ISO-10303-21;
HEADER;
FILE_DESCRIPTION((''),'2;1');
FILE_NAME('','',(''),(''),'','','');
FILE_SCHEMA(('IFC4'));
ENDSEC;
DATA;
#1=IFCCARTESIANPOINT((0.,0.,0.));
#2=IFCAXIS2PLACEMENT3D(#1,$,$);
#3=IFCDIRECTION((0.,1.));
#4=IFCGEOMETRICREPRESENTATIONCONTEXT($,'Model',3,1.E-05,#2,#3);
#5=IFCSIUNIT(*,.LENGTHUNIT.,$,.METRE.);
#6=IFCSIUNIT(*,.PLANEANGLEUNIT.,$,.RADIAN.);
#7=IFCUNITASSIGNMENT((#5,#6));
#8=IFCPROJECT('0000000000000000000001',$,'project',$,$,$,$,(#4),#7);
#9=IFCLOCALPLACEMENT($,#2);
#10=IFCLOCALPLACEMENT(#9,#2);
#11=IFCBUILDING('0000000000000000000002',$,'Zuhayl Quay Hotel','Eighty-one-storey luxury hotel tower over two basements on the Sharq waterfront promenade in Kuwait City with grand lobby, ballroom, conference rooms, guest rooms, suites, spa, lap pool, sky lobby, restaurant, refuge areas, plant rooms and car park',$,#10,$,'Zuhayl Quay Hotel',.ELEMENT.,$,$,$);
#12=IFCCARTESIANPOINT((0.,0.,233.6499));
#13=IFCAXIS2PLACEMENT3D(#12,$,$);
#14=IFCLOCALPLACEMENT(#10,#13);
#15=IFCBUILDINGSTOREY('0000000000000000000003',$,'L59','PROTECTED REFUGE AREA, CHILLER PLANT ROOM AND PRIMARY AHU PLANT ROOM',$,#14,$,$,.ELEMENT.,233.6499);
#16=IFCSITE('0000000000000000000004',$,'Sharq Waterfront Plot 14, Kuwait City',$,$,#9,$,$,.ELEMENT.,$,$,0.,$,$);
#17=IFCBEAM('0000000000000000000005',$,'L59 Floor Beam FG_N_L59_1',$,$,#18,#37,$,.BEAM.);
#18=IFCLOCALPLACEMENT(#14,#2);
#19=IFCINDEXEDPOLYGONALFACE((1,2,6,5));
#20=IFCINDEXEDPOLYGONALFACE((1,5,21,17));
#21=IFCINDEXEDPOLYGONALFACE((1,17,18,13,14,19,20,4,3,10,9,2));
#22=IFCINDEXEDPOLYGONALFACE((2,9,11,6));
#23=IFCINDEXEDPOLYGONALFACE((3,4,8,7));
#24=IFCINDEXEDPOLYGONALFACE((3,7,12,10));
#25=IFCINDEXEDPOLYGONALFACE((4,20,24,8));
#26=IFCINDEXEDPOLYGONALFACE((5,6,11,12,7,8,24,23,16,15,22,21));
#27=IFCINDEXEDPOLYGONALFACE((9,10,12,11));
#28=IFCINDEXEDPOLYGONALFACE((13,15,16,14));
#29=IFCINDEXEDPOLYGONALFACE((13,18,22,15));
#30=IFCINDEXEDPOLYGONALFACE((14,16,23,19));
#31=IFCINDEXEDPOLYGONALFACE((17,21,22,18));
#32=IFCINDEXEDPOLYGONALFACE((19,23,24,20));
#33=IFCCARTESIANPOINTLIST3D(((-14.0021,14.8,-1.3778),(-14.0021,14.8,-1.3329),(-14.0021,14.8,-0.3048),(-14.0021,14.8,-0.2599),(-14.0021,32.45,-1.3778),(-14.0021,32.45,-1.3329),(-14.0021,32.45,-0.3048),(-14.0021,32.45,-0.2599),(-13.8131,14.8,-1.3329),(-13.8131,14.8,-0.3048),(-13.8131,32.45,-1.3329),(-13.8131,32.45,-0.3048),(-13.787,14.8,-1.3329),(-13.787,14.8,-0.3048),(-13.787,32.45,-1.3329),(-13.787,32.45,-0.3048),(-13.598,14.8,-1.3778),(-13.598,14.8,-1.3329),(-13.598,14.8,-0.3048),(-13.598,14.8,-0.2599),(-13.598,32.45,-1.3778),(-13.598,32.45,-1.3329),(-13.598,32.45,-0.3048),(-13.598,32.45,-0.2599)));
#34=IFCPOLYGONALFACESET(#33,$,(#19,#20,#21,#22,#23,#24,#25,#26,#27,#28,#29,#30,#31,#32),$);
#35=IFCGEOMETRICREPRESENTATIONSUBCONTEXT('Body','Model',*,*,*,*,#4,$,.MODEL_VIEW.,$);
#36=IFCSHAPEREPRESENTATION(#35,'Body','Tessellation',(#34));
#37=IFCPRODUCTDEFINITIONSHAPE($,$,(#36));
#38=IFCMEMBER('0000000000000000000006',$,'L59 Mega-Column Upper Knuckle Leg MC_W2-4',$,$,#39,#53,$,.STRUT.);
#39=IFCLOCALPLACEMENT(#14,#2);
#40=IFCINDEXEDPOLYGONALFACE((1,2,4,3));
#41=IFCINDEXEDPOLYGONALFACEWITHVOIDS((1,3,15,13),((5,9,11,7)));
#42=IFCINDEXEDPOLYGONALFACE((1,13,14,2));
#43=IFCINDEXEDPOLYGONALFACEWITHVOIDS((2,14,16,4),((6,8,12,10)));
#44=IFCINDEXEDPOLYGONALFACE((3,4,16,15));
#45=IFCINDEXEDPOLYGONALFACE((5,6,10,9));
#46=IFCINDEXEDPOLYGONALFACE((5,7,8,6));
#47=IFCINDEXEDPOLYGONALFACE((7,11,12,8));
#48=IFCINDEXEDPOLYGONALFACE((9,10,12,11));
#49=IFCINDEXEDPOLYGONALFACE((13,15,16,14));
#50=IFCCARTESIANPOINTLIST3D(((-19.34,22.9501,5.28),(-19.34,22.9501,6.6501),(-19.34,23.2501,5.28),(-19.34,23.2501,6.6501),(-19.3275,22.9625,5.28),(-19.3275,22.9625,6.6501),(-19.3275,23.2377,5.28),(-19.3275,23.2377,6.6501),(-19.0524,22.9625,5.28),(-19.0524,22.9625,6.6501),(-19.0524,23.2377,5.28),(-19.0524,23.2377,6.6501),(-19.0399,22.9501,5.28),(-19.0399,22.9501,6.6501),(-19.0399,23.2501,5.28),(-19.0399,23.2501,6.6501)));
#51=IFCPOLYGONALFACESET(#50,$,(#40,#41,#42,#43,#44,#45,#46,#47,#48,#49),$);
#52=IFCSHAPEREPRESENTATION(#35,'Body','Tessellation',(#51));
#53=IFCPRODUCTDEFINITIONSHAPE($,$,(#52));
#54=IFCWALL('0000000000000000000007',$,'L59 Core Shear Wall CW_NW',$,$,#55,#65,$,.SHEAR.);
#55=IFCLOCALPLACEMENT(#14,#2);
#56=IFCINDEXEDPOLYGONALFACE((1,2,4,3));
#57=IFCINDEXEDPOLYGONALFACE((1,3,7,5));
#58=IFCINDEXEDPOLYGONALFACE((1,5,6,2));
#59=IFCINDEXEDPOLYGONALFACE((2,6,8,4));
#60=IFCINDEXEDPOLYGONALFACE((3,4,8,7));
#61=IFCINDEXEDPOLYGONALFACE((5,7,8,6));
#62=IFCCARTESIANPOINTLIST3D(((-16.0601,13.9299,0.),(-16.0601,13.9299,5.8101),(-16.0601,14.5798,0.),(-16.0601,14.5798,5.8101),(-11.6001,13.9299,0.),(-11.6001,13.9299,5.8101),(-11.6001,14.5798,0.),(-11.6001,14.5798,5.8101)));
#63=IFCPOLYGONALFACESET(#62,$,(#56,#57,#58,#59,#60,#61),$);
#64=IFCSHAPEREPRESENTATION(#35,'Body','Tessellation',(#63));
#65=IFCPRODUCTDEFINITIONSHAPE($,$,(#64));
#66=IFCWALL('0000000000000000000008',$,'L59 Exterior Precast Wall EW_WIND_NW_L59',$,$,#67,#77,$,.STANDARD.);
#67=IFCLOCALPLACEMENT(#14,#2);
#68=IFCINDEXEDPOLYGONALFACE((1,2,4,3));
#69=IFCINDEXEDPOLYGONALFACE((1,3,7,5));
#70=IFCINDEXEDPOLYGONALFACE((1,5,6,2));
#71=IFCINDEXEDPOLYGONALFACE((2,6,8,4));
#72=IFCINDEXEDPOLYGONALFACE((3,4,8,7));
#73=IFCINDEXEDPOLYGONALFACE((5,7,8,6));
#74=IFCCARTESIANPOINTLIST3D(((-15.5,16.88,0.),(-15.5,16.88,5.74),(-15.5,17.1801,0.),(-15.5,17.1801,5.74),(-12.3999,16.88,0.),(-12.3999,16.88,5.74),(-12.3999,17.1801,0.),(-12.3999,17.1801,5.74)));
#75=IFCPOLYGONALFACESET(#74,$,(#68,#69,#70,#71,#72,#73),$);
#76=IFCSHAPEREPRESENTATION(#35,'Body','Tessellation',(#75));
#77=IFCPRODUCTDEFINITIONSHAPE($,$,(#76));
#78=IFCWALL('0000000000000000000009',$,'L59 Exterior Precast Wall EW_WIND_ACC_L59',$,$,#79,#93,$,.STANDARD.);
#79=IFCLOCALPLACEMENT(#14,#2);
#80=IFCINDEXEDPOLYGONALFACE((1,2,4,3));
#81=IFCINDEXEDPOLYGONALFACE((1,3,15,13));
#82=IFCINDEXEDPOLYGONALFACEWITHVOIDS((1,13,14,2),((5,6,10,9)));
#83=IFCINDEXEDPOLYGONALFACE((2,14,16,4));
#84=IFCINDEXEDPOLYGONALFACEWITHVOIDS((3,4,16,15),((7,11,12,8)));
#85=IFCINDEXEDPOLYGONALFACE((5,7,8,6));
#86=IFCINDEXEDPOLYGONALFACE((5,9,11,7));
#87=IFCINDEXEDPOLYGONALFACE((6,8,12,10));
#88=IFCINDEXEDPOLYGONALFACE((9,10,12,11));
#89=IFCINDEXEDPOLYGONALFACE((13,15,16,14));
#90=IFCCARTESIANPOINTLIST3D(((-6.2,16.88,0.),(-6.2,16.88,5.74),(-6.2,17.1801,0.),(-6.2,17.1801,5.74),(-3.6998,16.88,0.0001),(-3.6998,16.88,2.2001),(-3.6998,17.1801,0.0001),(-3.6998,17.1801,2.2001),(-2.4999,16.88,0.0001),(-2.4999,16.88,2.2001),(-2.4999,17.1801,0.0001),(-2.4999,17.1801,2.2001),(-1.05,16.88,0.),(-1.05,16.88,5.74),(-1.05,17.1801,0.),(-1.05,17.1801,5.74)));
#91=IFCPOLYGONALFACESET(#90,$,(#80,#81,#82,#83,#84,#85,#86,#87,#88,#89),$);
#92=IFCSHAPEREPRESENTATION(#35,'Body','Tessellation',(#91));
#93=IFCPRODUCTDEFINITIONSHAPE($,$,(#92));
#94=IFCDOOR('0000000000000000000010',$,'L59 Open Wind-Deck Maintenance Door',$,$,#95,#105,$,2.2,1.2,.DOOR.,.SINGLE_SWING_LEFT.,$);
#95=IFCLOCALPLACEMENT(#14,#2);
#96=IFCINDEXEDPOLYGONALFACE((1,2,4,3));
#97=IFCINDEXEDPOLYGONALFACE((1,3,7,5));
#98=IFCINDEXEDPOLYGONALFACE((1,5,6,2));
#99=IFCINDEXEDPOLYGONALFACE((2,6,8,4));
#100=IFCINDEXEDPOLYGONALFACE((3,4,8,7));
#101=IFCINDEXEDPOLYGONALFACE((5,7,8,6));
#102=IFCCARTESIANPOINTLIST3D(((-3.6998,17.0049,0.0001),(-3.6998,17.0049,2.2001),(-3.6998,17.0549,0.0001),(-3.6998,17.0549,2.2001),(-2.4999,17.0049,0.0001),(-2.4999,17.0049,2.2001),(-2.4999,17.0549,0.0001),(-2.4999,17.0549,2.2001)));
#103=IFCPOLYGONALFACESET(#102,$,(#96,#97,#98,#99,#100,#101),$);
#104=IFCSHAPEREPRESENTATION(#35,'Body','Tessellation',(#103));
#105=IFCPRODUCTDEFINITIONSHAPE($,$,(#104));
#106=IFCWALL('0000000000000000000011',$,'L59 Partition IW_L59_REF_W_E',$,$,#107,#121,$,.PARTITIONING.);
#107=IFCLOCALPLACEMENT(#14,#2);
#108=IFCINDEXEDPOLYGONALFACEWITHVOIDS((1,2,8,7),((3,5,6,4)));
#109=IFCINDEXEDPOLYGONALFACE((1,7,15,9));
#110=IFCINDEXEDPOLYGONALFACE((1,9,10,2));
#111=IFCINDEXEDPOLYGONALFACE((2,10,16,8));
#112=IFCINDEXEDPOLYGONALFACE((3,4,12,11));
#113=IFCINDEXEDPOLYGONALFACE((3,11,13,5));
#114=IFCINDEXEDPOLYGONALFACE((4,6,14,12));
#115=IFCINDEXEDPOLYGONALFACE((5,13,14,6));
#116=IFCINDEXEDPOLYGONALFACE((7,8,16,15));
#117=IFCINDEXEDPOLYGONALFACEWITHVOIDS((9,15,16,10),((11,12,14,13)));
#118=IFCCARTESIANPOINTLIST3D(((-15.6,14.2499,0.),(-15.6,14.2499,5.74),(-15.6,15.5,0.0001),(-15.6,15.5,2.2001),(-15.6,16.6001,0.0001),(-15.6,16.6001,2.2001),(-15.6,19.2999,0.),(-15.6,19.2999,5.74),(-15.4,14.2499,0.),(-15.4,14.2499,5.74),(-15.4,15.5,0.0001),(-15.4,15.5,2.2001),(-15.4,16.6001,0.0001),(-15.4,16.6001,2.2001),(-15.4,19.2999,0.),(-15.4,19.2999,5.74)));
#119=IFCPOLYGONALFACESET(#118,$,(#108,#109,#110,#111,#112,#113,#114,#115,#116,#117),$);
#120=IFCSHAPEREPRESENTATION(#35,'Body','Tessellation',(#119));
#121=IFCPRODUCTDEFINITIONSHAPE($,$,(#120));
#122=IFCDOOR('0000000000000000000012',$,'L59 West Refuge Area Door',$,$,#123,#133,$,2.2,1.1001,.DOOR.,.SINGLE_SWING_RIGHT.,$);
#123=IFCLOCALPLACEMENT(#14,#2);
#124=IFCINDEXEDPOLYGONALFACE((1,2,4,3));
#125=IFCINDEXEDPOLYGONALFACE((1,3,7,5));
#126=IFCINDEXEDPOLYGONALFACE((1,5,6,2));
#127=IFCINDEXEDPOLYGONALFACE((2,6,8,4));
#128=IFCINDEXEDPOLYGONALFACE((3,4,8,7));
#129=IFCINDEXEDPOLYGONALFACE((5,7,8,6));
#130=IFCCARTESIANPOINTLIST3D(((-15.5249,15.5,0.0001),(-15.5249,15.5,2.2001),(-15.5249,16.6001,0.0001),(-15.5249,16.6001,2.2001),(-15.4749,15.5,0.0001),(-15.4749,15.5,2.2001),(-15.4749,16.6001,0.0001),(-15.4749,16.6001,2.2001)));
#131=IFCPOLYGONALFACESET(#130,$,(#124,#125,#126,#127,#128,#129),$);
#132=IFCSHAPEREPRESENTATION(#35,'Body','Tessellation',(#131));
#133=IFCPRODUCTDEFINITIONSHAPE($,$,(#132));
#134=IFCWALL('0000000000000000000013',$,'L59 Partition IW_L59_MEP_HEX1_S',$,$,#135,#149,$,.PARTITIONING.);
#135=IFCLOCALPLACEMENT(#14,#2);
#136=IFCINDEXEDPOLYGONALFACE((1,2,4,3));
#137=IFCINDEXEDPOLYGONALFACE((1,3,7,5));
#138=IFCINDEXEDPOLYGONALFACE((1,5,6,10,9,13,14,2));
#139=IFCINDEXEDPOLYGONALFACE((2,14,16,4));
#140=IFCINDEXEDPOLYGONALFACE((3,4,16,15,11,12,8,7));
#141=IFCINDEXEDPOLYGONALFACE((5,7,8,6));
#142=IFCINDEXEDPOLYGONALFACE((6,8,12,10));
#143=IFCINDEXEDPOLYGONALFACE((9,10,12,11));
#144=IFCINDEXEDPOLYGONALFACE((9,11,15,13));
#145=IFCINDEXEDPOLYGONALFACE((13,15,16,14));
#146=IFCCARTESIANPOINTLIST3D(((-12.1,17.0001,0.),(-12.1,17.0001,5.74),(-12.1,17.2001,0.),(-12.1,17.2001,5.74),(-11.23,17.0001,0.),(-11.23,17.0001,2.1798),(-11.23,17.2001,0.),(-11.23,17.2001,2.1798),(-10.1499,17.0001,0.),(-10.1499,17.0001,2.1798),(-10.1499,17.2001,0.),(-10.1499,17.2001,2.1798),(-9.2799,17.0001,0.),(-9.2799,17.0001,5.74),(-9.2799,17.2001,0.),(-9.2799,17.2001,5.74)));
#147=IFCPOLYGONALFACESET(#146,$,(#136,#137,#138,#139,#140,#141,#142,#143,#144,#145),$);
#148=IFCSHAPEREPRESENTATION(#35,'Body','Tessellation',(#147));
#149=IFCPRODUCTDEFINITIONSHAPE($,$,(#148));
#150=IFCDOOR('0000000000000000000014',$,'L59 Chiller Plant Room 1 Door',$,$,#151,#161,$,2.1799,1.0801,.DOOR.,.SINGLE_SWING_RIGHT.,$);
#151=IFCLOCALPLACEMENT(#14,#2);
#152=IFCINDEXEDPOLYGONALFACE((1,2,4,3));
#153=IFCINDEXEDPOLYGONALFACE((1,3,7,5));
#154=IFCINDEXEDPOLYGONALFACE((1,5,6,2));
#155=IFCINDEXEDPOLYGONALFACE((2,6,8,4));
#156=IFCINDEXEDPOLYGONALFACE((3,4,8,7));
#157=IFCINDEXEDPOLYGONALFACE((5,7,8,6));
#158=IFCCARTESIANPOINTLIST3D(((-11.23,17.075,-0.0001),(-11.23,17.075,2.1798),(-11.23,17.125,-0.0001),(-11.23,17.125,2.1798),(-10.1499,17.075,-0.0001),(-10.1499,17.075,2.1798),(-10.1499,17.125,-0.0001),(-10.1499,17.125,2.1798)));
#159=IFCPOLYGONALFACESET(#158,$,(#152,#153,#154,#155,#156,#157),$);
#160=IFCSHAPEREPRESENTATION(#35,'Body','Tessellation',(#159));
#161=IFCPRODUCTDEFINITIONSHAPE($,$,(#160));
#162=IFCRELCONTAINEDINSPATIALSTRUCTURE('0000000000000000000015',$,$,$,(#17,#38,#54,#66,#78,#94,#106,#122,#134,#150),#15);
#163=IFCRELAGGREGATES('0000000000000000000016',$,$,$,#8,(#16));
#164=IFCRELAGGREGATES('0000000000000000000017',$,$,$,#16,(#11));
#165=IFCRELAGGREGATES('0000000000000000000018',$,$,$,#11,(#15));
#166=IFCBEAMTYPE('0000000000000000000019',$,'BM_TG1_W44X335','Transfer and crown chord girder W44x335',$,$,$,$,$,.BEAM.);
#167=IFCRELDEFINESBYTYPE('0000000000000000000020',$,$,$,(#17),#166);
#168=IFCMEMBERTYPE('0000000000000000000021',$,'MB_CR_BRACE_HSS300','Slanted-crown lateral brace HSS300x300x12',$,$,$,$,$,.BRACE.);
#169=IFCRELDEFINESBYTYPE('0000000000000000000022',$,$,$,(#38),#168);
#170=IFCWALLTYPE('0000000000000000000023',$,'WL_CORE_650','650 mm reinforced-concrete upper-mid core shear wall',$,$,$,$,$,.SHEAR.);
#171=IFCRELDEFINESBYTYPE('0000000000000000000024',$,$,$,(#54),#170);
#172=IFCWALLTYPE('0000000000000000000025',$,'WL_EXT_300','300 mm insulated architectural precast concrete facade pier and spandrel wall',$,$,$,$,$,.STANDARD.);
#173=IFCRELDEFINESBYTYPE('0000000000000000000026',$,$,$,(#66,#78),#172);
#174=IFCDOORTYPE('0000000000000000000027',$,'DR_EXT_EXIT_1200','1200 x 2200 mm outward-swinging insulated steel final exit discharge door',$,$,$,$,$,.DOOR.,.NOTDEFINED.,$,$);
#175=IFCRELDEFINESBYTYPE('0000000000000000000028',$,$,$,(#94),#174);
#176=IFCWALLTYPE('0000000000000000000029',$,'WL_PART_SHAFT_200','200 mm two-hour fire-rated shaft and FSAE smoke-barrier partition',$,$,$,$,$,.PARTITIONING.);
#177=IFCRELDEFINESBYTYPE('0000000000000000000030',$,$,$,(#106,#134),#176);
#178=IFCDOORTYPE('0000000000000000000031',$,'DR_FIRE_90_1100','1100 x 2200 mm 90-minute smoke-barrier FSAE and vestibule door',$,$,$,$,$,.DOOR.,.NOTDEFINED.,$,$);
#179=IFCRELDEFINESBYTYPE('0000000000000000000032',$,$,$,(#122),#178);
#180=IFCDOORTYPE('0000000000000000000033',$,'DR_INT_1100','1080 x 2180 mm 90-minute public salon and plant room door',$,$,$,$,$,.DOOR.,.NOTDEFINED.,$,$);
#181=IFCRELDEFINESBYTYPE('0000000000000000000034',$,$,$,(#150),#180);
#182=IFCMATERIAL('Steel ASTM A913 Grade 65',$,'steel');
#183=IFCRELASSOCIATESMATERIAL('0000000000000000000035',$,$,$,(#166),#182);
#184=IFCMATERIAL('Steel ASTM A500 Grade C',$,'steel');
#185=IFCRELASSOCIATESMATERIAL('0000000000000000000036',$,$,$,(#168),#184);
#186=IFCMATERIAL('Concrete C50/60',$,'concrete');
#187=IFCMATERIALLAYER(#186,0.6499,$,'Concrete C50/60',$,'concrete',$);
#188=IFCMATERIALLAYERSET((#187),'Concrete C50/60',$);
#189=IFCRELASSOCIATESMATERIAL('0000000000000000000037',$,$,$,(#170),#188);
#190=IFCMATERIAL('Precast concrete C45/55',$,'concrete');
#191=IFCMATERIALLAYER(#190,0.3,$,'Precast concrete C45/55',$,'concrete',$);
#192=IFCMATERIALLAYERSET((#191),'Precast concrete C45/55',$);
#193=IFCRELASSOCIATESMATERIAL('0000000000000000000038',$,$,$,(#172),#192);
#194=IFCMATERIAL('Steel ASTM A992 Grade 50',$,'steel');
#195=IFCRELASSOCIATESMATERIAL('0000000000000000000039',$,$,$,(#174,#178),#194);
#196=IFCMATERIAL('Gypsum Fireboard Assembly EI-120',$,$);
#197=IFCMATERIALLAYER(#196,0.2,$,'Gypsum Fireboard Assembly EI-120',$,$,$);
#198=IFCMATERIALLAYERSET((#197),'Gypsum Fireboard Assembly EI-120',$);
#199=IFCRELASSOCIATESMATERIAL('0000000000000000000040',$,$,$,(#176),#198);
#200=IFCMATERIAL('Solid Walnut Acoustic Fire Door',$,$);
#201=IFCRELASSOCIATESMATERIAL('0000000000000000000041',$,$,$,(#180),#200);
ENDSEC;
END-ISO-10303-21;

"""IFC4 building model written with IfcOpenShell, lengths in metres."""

from ifc_helpers import new_model, si_unit, direction, frame, frame_2d, origin, origin_2d, place, context, subcontext, project, spatial, rectangle, hollow_rectangle, i_section, extrude, material, layer, layer_set, material_profile, profile_set, type_object, element, fill, save


model = new_model("IFC4")

# Units and contexts
model_context = context("Model", 3, precision=1e-05, world=origin(), true_north=direction((0.0, 1.0)))
body_context = subcontext(model_context, "Body", "Model", "MODEL_VIEW")
ifc_project = project(units=[si_unit("LENGTHUNIT", "METRE"), si_unit("PLANEANGLEUNIT", "RADIAN")], contexts=[model_context])

# Site, building, storey
site_placement = place(None, origin())
site = spatial("IfcSite", under=ifc_project, at=site_placement, Name="Sharq Waterfront Plot 14, Kuwait City", CompositionType="ELEMENT", RefElevation=0.0)
building_placement = place(site_placement, origin())
building = spatial("IfcBuilding", under=site, at=building_placement, Name="Zuhayl Quay Hotel", Description="Eighty-one-storey luxury hotel tower over two basements on the Sharq waterfront promenade in Kuwait City with grand lobby, ballroom, conference rooms, guest rooms, suites, spa, lap pool, sky lobby, restaurant, refuge areas, plant rooms and car park", LongName="Zuhayl Quay Hotel", CompositionType="ELEMENT")
storey_placement = place(building_placement, frame((0.0, 0.0, 233.6499)))
storey = spatial("IfcBuildingStorey", under=building, at=storey_placement, Name="L59", Description="PROTECTED REFUGE AREA, CHILLER PLANT ROOM AND PRIMARY AHU PLANT ROOM", CompositionType="ELEMENT", Elevation=233.6499)

# Beam
ifc_material_1 = material(Name="Steel ASTM A992 Grade 50", Category="steel")
ifc_material_2 = material(Name="Steel ASTM A913 Grade 65", Category="steel")
ifc_material_profile_1 = material_profile(ifc_material_2, i_section(OverallWidth=0.4041, OverallDepth=1.1179, WebThickness=0.0261, FlangeThickness=0.0449, at=origin_2d()), Name="W44X335")
ifc_profile_set_1 = profile_set([ifc_material_profile_1], Name="Steel ASTM A913 Grade 65")
beam_type_1 = type_object("IfcBeamType", Name="BM_TG1_W44X335", Description="Transfer and crown chord girder W44x335", PredefinedType="BEAM", material=ifc_profile_set_1)
beam_1_placement = place(storey_placement, frame((-13.8, 14.8, -0.8188), z_axis=(0.0, 1.0, 0.0), x_axis=(-1.0, 0.0, 0.0)))
element("IfcBeam", 1, at=beam_1_placement, inside=storey, type_object=beam_type_1, Name="L59 Floor Beam FG_N_L59_1", PredefinedType="BEAM", context=body_context, shape_type="SweptSolid", body=[
    extrude(i_section(OverallWidth=0.4041, OverallDepth=1.1179, WebThickness=0.0261, FlangeThickness=0.0449, at=origin_2d()), origin(), (0.0, 0.0, 1.0), 17.6499),
])

# Member
ifc_material_3 = material(Name="Steel ASTM A500 Grade C", Category="steel")
ifc_material_profile_2 = material_profile(ifc_material_3, hollow_rectangle(XDim=0.3, YDim=0.3, WallThickness=0.0125, at=origin_2d()), Name="HSS300X300X12")
ifc_profile_set_2 = profile_set([ifc_material_profile_2], Name="Steel ASTM A500 Grade C")
member_type = type_object("IfcMemberType", Name="MB_CR_BRACE_HSS300", Description="Slanted-crown lateral brace HSS300x300x12", PredefinedType="BRACE", material=ifc_profile_set_2)
member_placement = place(storey_placement, frame((-19.1899, 23.1001, 5.28), z_axis=(0.0, 0.0, 1.0), x_axis=(1.0, 0.0, 0.0)))
element("IfcMember", 2, at=member_placement, inside=storey, type_object=member_type, Name="L59 Mega-Column Upper Knuckle Leg MC_W2-4", PredefinedType="STRUT", context=body_context, shape_type="SweptSolid", body=[
    extrude(hollow_rectangle(XDim=0.3, YDim=0.3, WallThickness=0.0125, at=origin_2d()), origin(), (0.0, 0.0, 1.0), 1.3701),
])

# Walls
ifc_material_4 = material(Name="Concrete C50/60", Category="concrete")
ifc_layer_1 = layer(ifc_material_4, 0.6499, Name="Concrete C50/60", Category="concrete")
ifc_layer_set_1 = layer_set([ifc_layer_1], Name="Concrete C50/60")
wall_type_1 = type_object("IfcWallType", Name="WL_CORE_650", Description="650 mm reinforced-concrete upper-mid core shear wall", PredefinedType="SHEAR", material=ifc_layer_set_1)
wall_1_placement = place(storey_placement, frame((-16.0601, 14.2549, 0.0), z_axis=(0.0, 0.0, 1.0), x_axis=(1.0, 0.0, 0.0)))
element("IfcWall", 3, at=wall_1_placement, inside=storey, type_object=wall_type_1, Name="L59 Core Shear Wall CW_NW", PredefinedType="SHEAR", context=body_context, shape_type="SweptSolid", body=[
    extrude(rectangle(XDim=4.46, YDim=0.6499, at=frame_2d((2.23, 0.0))), origin(), (0.0, 0.0, 1.0), 5.8101),
])
ifc_material_5 = material(Name="Precast concrete C45/55", Category="concrete")
ifc_layer_2 = layer(ifc_material_5, 0.3, Name="Precast concrete C45/55", Category="concrete")
ifc_layer_set_2 = layer_set([ifc_layer_2], Name="Precast concrete C45/55")
wall_type_2 = type_object("IfcWallType", Name="WL_EXT_300", Description="300 mm insulated architectural precast concrete facade pier and spandrel wall", PredefinedType="STANDARD", material=ifc_layer_set_2)
wall_2_placement = place(storey_placement, frame((-15.5, 17.03, 0.0), z_axis=(0.0, 0.0, 1.0), x_axis=(1.0, 0.0, 0.0)))
element("IfcWall", 4, at=wall_2_placement, inside=storey, type_object=wall_type_2, Name="L59 Exterior Precast Wall EW_WIND_NW_L59", PredefinedType="STANDARD", context=body_context, shape_type="SweptSolid", body=[
    extrude(rectangle(XDim=3.1001, YDim=0.3, at=frame_2d((1.55, 0.0))), origin(), (0.0, 0.0, 1.0), 5.74),
])

# Walls, openings, doors
wall_3_placement = place(storey_placement, frame((-6.2, 17.03, 0.0), z_axis=(0.0, 0.0, 1.0), x_axis=(1.0, 0.0, 0.0)))
wall_3 = element("IfcWall", 5, at=wall_3_placement, inside=storey, type_object=wall_type_2, Name="L59 Exterior Precast Wall EW_WIND_ACC_L59", PredefinedType="STANDARD", context=body_context, shape_type="SweptSolid", body=[
    extrude(rectangle(XDim=5.1499, YDim=0.3, at=frame_2d((2.575, 0.0))), origin(), (0.0, 0.0, 1.0), 5.74),
])
opening_1_placement = place(wall_3_placement, frame((2.5, 0.0, 0.0)))
opening_1 = element("IfcOpeningElement", 6, at=opening_1_placement, cuts=wall_3, PredefinedType="OPENING", context=body_context, shape_type="SweptSolid", body=[
    extrude(rectangle(XDim=1.2, YDim=2.2, at=frame_2d((0.6001, 1.1001))), frame((0.0, 0.1599, 0.0), z_axis=(0.0, -1.0, 0.0), x_axis=(1.0, 0.0, 0.0)), (0.0, 0.0, 1.0), 0.3201),
])
door_type_1 = type_object("IfcDoorType", Name="DR_EXT_EXIT_1200", Description="1200 x 2200 mm outward-swinging insulated steel final exit discharge door", OperationType="NOTDEFINED", PredefinedType="DOOR", material=ifc_material_1)
door_1_placement = place(opening_1_placement, origin())
door_1 = element("IfcDoor", 7, at=door_1_placement, inside=storey, type_object=door_type_1, Name="L59 Open Wind-Deck Maintenance Door", OperationType="SINGLE_SWING_LEFT", OverallHeight=2.2, OverallWidth=1.2, PredefinedType="DOOR", context=body_context, shape_type="SweptSolid", body=[
    extrude(rectangle(XDim=1.2, YDim=2.2, at=frame_2d((0.6001, 1.1001))), frame((0.0, 0.0249, 0.0), z_axis=(0.0, -1.0, 0.0), x_axis=(1.0, 0.0, 0.0)), (0.0, 0.0, 1.0), 0.05),
])
fill(opening_1, door_1)
ifc_material_6 = material(Name="Gypsum Fireboard Assembly EI-120")
ifc_layer_3 = layer(ifc_material_6, 0.2, Name="Gypsum Fireboard Assembly EI-120")
ifc_layer_set_3 = layer_set([ifc_layer_3], Name="Gypsum Fireboard Assembly EI-120")
wall_type_3 = type_object("IfcWallType", Name="WL_PART_SHAFT_200", Description="200 mm two-hour fire-rated shaft and FSAE smoke-barrier partition", PredefinedType="PARTITIONING", material=ifc_layer_set_3)
wall_4_placement = place(storey_placement, frame((-15.5, 14.25, 0.0), z_axis=(0.0, 0.0, 1.0), x_axis=(0.0, 1.0, 0.0)))
wall_4 = element("IfcWall", 8, at=wall_4_placement, inside=storey, type_object=wall_type_3, Name="L59 Partition IW_L59_REF_W_E", PredefinedType="PARTITIONING", context=body_context, shape_type="SweptSolid", body=[
    extrude(rectangle(XDim=5.05, YDim=0.2, at=frame_2d((2.5249, 0.0))), origin(), (0.0, 0.0, 1.0), 5.74),
])
opening_2_placement = place(wall_4_placement, frame((1.25, 0.0, 0.0)))
opening_2 = element("IfcOpeningElement", 9, at=opening_2_placement, cuts=wall_4, PredefinedType="OPENING", context=body_context, shape_type="SweptSolid", body=[
    extrude(rectangle(XDim=1.1001, YDim=2.2, at=frame_2d((0.55, 1.1001))), frame((0.0, 0.1099, 0.0), z_axis=(0.0, -1.0, 0.0), x_axis=(1.0, 0.0, 0.0)), (0.0, 0.0, 1.0), 0.22),
])
door_type_2 = type_object("IfcDoorType", Name="DR_FIRE_90_1100", Description="1100 x 2200 mm 90-minute smoke-barrier FSAE and vestibule door", OperationType="NOTDEFINED", PredefinedType="DOOR", material=ifc_material_1)
door_2_placement = place(opening_2_placement, origin())
door_2 = element("IfcDoor", 10, at=door_2_placement, inside=storey, type_object=door_type_2, Name="L59 West Refuge Area Door", OperationType="SINGLE_SWING_RIGHT", OverallHeight=2.2, OverallWidth=1.1001, PredefinedType="DOOR", context=body_context, shape_type="SweptSolid", body=[
    extrude(rectangle(XDim=1.1001, YDim=2.2, at=frame_2d((0.55, 1.1001))), frame((0.0, 0.0249, 0.0), z_axis=(0.0, -1.0, 0.0), x_axis=(1.0, 0.0, 0.0)), (0.0, 0.0, 1.0), 0.05),
])
fill(opening_2, door_2)
wall_5_placement = place(storey_placement, frame((-12.1001, 17.1001, 0.0), z_axis=(0.0, 0.0, 1.0), x_axis=(1.0, 0.0, 0.0)))
wall_5 = element("IfcWall", 11, at=wall_5_placement, inside=storey, type_object=wall_type_3, Name="L59 Partition IW_L59_MEP_HEX1_S", PredefinedType="PARTITIONING", context=body_context, shape_type="SweptSolid", body=[
    extrude(rectangle(XDim=2.8201, YDim=0.2, at=frame_2d((1.4102, 0.0))), origin(), (0.0, 0.0, 1.0), 5.74),
])
opening_3_placement = place(wall_5_placement, frame((0.8701, 0.0, 0.0)))
opening_3 = element("IfcOpeningElement", 12, at=opening_3_placement, cuts=wall_5, PredefinedType="OPENING", context=body_context, shape_type="SweptSolid", body=[
    extrude(rectangle(XDim=1.0801, YDim=2.1799, at=frame_2d((0.54, 1.0898))), frame((0.0, 0.1099, 0.0), z_axis=(0.0, -1.0, 0.0), x_axis=(1.0, 0.0, 0.0)), (0.0, 0.0, 1.0), 0.22),
])
ifc_material_7 = material(Name="Solid Walnut Acoustic Fire Door")
door_type_3 = type_object("IfcDoorType", Name="DR_INT_1100", Description="1080 x 2180 mm 90-minute public salon and plant room door", OperationType="NOTDEFINED", PredefinedType="DOOR", material=ifc_material_7)
door_3_placement = place(opening_3_placement, origin())
door_3 = element("IfcDoor", 13, at=door_3_placement, inside=storey, type_object=door_type_3, Name="L59 Chiller Plant Room 1 Door", OperationType="SINGLE_SWING_RIGHT", OverallHeight=2.1799, OverallWidth=1.0801, PredefinedType="DOOR", context=body_context, shape_type="SweptSolid", body=[
    extrude(rectangle(XDim=1.0801, YDim=2.1799, at=frame_2d((0.54, 1.0898))), frame((0.0, 0.0249, 0.0), z_axis=(0.0, -1.0, 0.0), x_axis=(1.0, 0.0, 0.0)), (0.0, 0.0, 1.0), 0.05),
])
fill(opening_3, door_3)

save(model, "model.ifc")
